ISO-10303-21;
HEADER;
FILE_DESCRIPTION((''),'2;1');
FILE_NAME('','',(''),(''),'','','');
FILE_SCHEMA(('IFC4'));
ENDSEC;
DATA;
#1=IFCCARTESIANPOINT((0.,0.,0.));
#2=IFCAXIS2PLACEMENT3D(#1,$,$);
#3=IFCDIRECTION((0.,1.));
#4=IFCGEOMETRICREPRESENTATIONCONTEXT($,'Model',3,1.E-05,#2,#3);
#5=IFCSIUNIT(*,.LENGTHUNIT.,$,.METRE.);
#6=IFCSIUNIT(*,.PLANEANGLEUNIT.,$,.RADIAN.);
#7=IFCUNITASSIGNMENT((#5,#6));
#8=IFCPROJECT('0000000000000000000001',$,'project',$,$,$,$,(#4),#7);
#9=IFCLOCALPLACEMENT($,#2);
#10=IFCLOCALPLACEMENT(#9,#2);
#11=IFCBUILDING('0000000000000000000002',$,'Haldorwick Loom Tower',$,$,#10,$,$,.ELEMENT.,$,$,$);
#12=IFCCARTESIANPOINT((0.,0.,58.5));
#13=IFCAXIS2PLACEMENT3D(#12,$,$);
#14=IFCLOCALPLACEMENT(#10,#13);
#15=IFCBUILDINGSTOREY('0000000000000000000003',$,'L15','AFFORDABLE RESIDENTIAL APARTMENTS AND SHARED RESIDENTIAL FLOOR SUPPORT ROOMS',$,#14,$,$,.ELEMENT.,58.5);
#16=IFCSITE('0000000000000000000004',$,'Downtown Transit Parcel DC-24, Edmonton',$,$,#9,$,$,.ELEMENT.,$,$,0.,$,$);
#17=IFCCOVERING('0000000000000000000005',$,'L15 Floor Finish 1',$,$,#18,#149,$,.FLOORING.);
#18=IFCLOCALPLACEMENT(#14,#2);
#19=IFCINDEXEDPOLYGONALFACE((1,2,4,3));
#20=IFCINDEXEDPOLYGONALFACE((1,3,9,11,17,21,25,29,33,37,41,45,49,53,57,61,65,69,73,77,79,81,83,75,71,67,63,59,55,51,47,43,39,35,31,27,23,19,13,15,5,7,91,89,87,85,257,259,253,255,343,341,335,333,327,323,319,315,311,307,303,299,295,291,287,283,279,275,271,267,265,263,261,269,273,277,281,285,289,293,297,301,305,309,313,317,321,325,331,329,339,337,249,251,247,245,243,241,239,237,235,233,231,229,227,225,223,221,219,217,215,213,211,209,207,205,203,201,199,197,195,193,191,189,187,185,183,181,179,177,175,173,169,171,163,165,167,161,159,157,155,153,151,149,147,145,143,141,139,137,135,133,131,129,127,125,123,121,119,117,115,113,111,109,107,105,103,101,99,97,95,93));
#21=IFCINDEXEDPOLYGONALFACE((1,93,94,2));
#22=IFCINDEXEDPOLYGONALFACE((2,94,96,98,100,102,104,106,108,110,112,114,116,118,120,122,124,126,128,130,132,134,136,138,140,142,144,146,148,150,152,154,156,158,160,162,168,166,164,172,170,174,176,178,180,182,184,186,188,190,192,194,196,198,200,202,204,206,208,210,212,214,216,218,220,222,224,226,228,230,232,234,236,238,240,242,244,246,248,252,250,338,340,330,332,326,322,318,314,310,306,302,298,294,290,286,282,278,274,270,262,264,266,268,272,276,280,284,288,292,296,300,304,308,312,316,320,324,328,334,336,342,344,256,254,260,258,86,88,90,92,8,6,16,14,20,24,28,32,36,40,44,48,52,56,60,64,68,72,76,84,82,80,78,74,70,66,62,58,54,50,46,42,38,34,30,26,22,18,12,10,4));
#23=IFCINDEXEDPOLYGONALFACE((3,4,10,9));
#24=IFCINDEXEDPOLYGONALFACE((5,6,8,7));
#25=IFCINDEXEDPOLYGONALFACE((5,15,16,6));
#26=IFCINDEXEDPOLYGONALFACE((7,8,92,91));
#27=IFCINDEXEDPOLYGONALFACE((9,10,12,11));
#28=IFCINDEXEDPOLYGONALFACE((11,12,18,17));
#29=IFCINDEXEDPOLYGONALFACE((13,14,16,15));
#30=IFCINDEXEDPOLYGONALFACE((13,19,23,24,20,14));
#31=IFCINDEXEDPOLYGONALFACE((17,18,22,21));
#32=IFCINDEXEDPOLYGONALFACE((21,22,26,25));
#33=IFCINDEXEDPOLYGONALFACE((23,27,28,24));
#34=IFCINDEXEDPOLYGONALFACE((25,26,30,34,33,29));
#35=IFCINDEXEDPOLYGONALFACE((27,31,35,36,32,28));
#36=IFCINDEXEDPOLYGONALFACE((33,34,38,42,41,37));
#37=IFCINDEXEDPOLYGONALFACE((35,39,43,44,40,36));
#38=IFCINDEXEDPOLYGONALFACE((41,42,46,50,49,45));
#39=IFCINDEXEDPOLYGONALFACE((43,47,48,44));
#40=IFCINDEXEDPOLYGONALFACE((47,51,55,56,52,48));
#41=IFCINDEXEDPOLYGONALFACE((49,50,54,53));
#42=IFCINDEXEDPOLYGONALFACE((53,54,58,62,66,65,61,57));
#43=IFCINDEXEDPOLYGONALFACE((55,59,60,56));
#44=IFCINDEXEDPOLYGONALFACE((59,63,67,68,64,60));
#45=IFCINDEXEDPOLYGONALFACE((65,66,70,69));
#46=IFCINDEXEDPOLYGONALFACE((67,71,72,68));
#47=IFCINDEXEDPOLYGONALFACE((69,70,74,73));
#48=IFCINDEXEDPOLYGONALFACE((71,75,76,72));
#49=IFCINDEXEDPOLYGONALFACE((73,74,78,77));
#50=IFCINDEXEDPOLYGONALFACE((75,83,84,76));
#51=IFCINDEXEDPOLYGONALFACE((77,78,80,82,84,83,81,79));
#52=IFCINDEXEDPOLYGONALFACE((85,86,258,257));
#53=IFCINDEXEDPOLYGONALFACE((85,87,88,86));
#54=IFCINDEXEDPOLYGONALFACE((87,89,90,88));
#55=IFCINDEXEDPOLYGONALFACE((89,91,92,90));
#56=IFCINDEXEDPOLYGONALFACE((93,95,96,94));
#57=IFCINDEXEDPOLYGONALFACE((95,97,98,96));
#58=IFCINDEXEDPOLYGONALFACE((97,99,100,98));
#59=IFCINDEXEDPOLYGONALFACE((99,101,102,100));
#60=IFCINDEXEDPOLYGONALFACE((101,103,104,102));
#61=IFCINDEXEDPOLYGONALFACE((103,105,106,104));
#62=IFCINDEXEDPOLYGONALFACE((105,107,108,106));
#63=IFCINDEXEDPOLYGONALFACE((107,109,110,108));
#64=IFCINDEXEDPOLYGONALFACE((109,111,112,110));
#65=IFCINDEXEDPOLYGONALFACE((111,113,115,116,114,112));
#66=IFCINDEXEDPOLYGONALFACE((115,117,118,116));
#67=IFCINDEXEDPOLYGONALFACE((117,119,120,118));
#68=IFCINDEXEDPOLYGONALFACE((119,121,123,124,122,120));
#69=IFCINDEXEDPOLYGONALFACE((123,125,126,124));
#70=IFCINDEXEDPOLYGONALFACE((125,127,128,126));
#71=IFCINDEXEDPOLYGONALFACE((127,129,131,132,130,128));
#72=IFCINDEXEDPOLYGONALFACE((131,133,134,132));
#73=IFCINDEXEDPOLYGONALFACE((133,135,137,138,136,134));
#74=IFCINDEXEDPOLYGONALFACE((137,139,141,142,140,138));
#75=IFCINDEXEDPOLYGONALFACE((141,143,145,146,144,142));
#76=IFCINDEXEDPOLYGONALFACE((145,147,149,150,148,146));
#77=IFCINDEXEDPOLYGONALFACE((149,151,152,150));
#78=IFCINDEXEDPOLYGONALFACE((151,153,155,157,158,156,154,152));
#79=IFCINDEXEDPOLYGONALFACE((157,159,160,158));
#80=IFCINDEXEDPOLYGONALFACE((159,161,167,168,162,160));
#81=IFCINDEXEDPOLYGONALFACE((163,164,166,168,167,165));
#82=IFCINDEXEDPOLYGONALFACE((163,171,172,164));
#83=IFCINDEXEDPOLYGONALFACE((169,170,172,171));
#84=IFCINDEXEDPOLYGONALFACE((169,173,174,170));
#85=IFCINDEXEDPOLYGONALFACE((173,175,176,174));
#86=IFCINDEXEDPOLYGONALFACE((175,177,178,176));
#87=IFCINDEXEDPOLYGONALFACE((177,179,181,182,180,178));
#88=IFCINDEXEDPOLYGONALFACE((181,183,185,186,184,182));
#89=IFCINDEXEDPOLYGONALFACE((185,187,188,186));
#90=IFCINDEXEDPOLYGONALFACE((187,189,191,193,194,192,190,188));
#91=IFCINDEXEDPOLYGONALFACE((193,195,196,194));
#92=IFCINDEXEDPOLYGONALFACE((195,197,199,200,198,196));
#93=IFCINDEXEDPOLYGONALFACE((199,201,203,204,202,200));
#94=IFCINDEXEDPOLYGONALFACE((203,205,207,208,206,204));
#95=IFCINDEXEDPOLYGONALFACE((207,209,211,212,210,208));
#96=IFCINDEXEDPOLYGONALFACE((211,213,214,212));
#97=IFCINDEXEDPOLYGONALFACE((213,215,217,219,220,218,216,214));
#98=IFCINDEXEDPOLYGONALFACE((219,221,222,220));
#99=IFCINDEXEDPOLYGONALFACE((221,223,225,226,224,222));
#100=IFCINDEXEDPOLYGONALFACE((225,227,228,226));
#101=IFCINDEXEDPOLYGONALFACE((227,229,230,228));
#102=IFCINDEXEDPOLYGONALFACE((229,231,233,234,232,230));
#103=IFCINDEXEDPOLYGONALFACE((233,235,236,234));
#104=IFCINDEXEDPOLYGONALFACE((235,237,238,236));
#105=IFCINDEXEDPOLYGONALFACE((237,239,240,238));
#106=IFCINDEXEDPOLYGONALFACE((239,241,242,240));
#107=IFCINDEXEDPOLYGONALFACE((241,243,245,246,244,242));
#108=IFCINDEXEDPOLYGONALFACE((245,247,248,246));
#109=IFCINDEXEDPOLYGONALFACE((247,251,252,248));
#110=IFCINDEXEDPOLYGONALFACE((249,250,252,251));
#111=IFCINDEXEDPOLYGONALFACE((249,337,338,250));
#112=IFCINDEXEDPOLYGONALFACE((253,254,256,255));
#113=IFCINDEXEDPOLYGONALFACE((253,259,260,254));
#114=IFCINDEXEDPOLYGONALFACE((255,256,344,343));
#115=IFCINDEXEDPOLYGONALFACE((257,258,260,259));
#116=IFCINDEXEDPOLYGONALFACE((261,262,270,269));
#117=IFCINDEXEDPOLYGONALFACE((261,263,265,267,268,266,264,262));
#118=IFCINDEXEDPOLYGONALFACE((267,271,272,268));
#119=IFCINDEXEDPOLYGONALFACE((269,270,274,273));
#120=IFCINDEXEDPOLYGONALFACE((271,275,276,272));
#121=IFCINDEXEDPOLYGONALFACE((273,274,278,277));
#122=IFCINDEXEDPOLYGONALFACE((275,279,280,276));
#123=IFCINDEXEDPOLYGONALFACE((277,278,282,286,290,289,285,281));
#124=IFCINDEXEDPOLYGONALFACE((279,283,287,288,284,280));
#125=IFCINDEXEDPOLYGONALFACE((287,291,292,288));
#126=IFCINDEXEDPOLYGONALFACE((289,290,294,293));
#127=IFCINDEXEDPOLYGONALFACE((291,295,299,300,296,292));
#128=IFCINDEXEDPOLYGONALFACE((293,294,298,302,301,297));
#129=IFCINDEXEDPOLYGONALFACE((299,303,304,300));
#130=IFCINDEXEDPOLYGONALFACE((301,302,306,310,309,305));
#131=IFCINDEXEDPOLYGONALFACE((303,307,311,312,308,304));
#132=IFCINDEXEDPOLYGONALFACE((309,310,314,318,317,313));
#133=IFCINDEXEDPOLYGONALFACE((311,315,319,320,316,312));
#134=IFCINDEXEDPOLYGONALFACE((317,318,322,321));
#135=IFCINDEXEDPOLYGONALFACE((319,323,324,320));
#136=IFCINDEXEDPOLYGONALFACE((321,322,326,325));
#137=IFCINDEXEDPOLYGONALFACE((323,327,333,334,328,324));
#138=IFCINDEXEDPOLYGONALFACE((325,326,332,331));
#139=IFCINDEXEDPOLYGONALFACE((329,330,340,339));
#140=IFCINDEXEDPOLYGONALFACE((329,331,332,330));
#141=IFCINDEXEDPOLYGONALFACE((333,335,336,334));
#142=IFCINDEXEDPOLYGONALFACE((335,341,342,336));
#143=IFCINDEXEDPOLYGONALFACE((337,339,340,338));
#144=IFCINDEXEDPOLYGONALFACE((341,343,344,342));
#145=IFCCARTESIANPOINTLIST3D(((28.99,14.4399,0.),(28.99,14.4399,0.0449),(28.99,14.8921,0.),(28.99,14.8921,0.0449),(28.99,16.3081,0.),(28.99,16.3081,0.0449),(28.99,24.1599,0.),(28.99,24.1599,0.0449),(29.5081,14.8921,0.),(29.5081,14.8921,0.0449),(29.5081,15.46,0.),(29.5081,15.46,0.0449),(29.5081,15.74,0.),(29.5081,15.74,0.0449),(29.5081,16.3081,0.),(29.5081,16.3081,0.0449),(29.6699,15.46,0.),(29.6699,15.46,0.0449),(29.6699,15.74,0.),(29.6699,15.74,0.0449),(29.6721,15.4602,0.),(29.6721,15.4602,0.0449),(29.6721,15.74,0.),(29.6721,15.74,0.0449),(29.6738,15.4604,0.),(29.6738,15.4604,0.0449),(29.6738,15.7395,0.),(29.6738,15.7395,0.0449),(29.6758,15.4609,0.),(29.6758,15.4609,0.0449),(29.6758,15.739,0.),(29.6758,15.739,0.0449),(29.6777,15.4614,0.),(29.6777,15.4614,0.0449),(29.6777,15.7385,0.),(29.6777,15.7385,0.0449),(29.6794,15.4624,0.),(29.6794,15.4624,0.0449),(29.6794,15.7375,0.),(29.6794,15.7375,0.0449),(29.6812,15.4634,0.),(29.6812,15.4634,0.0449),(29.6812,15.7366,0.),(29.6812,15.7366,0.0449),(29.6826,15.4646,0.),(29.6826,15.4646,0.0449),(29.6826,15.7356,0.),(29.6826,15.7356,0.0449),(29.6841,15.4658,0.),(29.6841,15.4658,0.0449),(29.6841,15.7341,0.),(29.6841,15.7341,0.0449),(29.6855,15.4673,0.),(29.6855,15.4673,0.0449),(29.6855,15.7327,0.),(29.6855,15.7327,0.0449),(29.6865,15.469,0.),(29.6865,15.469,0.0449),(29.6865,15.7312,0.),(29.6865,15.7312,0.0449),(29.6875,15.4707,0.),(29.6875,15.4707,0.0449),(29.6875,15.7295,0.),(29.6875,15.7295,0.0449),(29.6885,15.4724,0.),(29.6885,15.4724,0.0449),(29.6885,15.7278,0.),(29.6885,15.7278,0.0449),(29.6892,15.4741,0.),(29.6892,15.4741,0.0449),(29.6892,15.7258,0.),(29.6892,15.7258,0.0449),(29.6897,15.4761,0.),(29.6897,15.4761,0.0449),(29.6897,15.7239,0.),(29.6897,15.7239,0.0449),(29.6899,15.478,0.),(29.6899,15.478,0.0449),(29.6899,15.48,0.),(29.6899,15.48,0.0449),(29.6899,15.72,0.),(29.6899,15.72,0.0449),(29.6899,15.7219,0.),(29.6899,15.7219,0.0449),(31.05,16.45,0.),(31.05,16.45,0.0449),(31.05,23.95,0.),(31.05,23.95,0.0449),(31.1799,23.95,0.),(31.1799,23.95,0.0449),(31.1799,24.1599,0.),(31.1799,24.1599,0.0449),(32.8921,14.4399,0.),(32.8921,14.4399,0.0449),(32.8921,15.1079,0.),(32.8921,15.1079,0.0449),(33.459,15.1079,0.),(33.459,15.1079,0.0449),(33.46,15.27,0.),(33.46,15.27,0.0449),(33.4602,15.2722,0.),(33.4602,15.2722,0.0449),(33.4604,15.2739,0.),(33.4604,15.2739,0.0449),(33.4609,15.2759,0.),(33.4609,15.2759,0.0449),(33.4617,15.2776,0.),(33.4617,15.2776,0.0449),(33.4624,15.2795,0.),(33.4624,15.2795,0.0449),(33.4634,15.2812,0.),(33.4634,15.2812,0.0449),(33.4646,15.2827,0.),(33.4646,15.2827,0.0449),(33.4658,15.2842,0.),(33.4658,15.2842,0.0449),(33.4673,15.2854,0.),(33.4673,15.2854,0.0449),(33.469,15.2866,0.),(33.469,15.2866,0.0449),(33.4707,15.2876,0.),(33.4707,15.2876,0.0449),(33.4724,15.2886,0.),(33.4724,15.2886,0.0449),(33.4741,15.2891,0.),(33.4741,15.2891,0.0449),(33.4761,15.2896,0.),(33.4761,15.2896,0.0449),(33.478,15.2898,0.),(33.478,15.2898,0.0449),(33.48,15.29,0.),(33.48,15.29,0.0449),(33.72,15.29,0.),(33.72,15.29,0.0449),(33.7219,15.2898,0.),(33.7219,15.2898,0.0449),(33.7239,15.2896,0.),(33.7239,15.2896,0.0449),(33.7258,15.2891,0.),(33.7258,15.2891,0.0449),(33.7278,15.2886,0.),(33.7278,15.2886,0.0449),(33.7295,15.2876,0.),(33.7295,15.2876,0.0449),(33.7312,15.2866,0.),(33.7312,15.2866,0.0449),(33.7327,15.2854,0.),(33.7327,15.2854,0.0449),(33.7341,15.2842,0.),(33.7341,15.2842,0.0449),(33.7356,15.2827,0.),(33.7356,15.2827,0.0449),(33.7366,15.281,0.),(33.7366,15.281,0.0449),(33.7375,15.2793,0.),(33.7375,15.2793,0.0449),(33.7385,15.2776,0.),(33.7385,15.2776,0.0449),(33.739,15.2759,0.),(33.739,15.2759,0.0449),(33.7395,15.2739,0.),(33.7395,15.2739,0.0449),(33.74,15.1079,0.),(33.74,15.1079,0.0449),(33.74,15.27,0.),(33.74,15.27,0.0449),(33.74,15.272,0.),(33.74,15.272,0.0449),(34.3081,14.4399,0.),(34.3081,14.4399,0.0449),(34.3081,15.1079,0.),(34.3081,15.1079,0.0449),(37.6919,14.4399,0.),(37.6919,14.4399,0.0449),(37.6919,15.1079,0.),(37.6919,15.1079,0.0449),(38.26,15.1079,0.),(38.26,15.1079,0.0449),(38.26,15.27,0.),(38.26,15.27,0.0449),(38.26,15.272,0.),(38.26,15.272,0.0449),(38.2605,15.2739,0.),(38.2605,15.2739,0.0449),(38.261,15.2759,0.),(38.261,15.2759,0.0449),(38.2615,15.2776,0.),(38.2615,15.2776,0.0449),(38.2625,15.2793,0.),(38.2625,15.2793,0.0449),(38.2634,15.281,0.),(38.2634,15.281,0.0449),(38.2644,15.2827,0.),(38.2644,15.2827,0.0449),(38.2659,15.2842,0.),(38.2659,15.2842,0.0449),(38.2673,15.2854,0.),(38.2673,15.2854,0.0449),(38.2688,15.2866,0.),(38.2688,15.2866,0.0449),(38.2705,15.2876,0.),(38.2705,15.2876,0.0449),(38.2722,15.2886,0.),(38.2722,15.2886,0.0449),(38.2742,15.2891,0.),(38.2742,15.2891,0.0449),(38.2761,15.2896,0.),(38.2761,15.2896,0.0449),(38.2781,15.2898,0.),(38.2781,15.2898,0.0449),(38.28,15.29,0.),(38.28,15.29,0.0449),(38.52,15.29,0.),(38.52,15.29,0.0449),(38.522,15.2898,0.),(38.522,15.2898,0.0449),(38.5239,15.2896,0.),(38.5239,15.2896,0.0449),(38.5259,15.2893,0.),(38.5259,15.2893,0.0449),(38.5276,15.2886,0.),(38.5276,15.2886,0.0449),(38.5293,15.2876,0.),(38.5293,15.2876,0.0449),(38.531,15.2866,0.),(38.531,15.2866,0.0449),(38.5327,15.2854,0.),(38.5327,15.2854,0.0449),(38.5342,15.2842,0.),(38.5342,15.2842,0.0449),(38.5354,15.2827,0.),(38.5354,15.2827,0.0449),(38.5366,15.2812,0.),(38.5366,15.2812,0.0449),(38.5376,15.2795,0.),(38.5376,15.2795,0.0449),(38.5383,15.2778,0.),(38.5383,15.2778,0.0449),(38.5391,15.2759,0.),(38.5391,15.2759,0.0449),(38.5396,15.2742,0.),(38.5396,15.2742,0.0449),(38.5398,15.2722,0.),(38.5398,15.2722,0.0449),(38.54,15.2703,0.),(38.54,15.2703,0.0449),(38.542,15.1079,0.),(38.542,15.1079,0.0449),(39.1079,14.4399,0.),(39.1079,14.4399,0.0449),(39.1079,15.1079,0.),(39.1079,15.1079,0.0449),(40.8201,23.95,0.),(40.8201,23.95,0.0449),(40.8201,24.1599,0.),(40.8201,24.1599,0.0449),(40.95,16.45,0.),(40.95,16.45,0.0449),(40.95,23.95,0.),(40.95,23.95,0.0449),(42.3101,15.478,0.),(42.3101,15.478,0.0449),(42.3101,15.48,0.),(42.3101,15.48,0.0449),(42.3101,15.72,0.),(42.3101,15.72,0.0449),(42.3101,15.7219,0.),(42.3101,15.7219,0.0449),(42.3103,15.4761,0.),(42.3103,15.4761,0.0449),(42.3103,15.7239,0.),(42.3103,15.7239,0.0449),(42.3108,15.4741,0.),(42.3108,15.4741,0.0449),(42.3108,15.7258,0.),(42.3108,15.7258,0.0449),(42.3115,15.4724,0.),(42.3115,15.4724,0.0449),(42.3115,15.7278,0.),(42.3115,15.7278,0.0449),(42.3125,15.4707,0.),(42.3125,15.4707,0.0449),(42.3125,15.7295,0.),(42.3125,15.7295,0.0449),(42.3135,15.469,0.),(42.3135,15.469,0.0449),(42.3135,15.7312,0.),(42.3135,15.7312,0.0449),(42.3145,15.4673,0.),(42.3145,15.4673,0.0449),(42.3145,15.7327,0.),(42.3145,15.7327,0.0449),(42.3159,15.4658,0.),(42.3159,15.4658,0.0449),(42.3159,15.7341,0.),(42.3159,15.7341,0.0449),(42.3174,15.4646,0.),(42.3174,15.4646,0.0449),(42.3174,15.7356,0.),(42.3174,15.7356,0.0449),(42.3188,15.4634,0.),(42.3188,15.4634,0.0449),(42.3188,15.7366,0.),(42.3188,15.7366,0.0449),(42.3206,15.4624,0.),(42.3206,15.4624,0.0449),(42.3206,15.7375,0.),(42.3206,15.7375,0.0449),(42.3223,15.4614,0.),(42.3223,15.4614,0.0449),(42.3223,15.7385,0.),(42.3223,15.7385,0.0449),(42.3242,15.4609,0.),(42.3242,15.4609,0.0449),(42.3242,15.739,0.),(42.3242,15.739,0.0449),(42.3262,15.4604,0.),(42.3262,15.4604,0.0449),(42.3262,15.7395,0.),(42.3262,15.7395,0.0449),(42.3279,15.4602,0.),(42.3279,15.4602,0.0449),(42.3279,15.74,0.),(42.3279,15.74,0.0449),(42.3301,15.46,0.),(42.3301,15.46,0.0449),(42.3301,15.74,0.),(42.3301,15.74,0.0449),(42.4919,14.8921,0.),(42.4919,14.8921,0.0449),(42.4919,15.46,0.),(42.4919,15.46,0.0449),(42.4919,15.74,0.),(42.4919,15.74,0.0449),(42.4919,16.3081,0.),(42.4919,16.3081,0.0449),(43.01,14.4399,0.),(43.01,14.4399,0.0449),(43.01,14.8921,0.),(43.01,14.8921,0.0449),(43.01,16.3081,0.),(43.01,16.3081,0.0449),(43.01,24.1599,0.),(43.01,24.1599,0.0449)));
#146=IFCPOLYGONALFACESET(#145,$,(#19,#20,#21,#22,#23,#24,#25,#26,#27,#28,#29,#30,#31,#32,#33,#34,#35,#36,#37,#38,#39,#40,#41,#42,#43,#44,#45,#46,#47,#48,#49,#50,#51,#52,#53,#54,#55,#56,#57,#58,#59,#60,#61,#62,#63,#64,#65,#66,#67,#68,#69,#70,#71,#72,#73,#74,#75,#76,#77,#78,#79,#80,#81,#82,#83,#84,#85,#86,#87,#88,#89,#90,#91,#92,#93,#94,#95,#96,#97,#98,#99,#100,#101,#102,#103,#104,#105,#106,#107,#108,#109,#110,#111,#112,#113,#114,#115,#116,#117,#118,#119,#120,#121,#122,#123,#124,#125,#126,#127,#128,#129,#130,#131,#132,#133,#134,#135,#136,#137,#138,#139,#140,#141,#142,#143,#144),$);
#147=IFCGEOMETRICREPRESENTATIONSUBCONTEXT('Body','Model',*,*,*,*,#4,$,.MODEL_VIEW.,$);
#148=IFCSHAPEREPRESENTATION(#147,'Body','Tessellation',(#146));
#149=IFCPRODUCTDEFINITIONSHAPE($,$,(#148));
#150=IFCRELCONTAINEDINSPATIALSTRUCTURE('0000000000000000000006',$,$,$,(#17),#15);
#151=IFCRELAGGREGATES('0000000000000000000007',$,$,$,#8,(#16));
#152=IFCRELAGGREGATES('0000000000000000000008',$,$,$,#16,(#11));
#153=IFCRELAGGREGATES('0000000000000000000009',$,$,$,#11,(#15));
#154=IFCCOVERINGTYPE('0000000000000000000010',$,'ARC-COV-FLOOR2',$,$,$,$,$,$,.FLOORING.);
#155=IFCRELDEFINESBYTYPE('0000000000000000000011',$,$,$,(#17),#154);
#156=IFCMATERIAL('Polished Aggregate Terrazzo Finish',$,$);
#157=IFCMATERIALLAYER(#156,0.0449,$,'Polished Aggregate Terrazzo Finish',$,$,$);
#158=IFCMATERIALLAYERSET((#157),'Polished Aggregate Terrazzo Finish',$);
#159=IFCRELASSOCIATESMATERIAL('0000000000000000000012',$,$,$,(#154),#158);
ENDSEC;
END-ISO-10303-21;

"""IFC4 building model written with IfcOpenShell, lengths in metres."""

from ifc_helpers import new_model, si_unit, direction, frame, origin, place, context, subcontext, project, spatial, polyline, outline, extrude, material, layer, layer_set, type_object, element, save


model = new_model("IFC4")

# Units and contexts
model_context = context("Model", 3, precision=1e-05, world=origin(), true_north=direction((0.0, 1.0)))
body_context = subcontext(model_context, "Body", "Model", "MODEL_VIEW")
ifc_project = project(units=[si_unit("LENGTHUNIT", "METRE"), si_unit("PLANEANGLEUNIT", "RADIAN")], contexts=[model_context])

# Site, building, storey
site_placement = place(None, origin())
site = spatial("IfcSite", under=ifc_project, at=site_placement, Name="Downtown Transit Parcel DC-24, Edmonton", CompositionType="ELEMENT", RefElevation=0.0)
building_placement = place(site_placement, origin())
building = spatial("IfcBuilding", under=site, at=building_placement, Name="Haldorwick Loom Tower", CompositionType="ELEMENT")
storey_placement = place(building_placement, frame((0.0, 0.0, 58.5)))
storey = spatial("IfcBuildingStorey", under=building, at=storey_placement, Name="L15", Description="AFFORDABLE RESIDENTIAL APARTMENTS AND SHARED RESIDENTIAL FLOOR SUPPORT ROOMS", CompositionType="ELEMENT", Elevation=58.5)

# Covering
ifc_material_1 = material(Name="Polished Aggregate Terrazzo Finish")
ifc_layer_1 = layer(ifc_material_1, 0.0449, Name="Polished Aggregate Terrazzo Finish")
ifc_layer_set_1 = layer_set([ifc_layer_1], Name="Polished Aggregate Terrazzo Finish")
covering_type_1 = type_object("IfcCoveringType", Name="ARC-COV-FLOOR2", PredefinedType="FLOORING", material=ifc_layer_set_1)
covering_1_placement = place(storey_placement, origin())
element("IfcCovering", 1, at=covering_1_placement, inside=storey, type_object=covering_type_1, Name="L15 Floor Finish 1", PredefinedType="FLOORING", context=body_context, shape_type="SweptSolid", body=[
    extrude(outline(polyline([(37.6919, 14.4399), (37.6919, 15.1079), (38.26, 15.1079), (38.26, 15.27), (38.26, 15.272), (38.2605, 15.2739), (38.261, 15.2759), (38.2615, 15.2776), (38.2625, 15.2793), (38.2634, 15.281), (38.2644, 15.2827), (38.2659, 15.2842), (38.2673, 15.2854), (38.2688, 15.2866), (38.2705, 15.2876), (38.2722, 15.2886), (38.2742, 15.2891), (38.2761, 15.2896), (38.2781, 15.2898), (38.28, 15.29), (38.52, 15.29), (38.522, 15.2898), (38.5239, 15.2896), (38.5259, 15.2893), (38.5276, 15.2886), (38.5293, 15.2876), (38.531, 15.2866), (38.5327, 15.2854), (38.5342, 15.2842), (38.5354, 15.2827), (38.5366, 15.2812), (38.5376, 15.2795), (38.5383, 15.2778), (38.5391, 15.2759), (38.5396, 15.2742), (38.5398, 15.2722), (38.54, 15.2703), (38.542, 15.1079), (39.1079, 15.1079), (39.1079, 14.4399), (43.01, 14.4399), (43.01, 14.8921), (42.4919, 14.8921), (42.4919, 15.46), (42.3301, 15.46), (42.3279, 15.4602), (42.3262, 15.4604), (42.3242, 15.4609), (42.3223, 15.4614), (42.3206, 15.4624), (42.3188, 15.4634), (42.3174, 15.4646), (42.3159, 15.4658), (42.3145, 15.4673), (42.3135, 15.469), (42.3125, 15.4707), (42.3115, 15.4724), (42.3108, 15.4741), (42.3103, 15.4761), (42.3101, 15.478), (42.3101, 15.48), (42.3101, 15.72), (42.3101, 15.7219), (42.3103, 15.7239), (42.3108, 15.7258), (42.3115, 15.7278), (42.3125, 15.7295), (42.3135, 15.7312), (42.3145, 15.7327), (42.3159, 15.7341), (42.3174, 15.7356), (42.3188, 15.7366), (42.3206, 15.7375), (42.3223, 15.7385), (42.3242, 15.739), (42.3262, 15.7395), (42.3279, 15.74), (42.3301, 15.74), (42.4919, 15.74), (42.4919, 16.3081), (43.01, 16.3081), (43.01, 24.1599), (40.8201, 24.1599), (40.8201, 23.95), (40.95, 23.95), (40.95, 16.45), (31.05, 16.45), (31.05, 23.95), (31.1799, 23.95), (31.1799, 24.1599), (28.99, 24.1599), (28.99, 16.3081), (29.5081, 16.3081), (29.5081, 15.74), (29.6699, 15.74), (29.6721, 15.74), (29.6738, 15.7395), (29.6758, 15.739), (29.6777, 15.7385), (29.6794, 15.7375), (29.6812, 15.7366), (29.6826, 15.7356), (29.6841, 15.7341), (29.6855, 15.7327), (29.6865, 15.7312), (29.6875, 15.7295), (29.6885, 15.7278), (29.6892, 15.7258), (29.6897, 15.7239), (29.6899, 15.7219), (29.6899, 15.72), (29.6899, 15.48), (29.6899, 15.478), (29.6897, 15.4761), (29.6892, 15.4741), (29.6885, 15.4724), (29.6875, 15.4707), (29.6865, 15.469), (29.6855, 15.4673), (29.6841, 15.4658), (29.6826, 15.4646), (29.6812, 15.4634), (29.6794, 15.4624), (29.6777, 15.4614), (29.6758, 15.4609), (29.6738, 15.4604), (29.6721, 15.4602), (29.6699, 15.46), (29.5081, 15.46), (29.5081, 14.8921), (28.99, 14.8921), (28.99, 14.4399), (32.8921, 14.4399), (32.8921, 15.1079), (33.459, 15.1079), (33.46, 15.27), (33.4602, 15.2722), (33.4604, 15.2739), (33.4609, 15.2759), (33.4617, 15.2776), (33.4624, 15.2795), (33.4634, 15.2812), (33.4646, 15.2827), (33.4658, 15.2842), (33.4673, 15.2854), (33.469, 15.2866), (33.4707, 15.2876), (33.4724, 15.2886), (33.4741, 15.2891), (33.4761, 15.2896), (33.478, 15.2898), (33.48, 15.29), (33.72, 15.29), (33.7219, 15.2898), (33.7239, 15.2896), (33.7258, 15.2891), (33.7278, 15.2886), (33.7295, 15.2876), (33.7312, 15.2866), (33.7327, 15.2854), (33.7341, 15.2842), (33.7356, 15.2827), (33.7366, 15.281), (33.7375, 15.2793), (33.7385, 15.2776), (33.739, 15.2759), (33.7395, 15.2739), (33.74, 15.272), (33.74, 15.27), (33.74, 15.1079), (34.3081, 15.1079), (34.3081, 14.4399), (37.6919, 14.4399)])), origin(), (0.0, 0.0, 1.0), 0.0449),
])

save(model, "model.ifc")
